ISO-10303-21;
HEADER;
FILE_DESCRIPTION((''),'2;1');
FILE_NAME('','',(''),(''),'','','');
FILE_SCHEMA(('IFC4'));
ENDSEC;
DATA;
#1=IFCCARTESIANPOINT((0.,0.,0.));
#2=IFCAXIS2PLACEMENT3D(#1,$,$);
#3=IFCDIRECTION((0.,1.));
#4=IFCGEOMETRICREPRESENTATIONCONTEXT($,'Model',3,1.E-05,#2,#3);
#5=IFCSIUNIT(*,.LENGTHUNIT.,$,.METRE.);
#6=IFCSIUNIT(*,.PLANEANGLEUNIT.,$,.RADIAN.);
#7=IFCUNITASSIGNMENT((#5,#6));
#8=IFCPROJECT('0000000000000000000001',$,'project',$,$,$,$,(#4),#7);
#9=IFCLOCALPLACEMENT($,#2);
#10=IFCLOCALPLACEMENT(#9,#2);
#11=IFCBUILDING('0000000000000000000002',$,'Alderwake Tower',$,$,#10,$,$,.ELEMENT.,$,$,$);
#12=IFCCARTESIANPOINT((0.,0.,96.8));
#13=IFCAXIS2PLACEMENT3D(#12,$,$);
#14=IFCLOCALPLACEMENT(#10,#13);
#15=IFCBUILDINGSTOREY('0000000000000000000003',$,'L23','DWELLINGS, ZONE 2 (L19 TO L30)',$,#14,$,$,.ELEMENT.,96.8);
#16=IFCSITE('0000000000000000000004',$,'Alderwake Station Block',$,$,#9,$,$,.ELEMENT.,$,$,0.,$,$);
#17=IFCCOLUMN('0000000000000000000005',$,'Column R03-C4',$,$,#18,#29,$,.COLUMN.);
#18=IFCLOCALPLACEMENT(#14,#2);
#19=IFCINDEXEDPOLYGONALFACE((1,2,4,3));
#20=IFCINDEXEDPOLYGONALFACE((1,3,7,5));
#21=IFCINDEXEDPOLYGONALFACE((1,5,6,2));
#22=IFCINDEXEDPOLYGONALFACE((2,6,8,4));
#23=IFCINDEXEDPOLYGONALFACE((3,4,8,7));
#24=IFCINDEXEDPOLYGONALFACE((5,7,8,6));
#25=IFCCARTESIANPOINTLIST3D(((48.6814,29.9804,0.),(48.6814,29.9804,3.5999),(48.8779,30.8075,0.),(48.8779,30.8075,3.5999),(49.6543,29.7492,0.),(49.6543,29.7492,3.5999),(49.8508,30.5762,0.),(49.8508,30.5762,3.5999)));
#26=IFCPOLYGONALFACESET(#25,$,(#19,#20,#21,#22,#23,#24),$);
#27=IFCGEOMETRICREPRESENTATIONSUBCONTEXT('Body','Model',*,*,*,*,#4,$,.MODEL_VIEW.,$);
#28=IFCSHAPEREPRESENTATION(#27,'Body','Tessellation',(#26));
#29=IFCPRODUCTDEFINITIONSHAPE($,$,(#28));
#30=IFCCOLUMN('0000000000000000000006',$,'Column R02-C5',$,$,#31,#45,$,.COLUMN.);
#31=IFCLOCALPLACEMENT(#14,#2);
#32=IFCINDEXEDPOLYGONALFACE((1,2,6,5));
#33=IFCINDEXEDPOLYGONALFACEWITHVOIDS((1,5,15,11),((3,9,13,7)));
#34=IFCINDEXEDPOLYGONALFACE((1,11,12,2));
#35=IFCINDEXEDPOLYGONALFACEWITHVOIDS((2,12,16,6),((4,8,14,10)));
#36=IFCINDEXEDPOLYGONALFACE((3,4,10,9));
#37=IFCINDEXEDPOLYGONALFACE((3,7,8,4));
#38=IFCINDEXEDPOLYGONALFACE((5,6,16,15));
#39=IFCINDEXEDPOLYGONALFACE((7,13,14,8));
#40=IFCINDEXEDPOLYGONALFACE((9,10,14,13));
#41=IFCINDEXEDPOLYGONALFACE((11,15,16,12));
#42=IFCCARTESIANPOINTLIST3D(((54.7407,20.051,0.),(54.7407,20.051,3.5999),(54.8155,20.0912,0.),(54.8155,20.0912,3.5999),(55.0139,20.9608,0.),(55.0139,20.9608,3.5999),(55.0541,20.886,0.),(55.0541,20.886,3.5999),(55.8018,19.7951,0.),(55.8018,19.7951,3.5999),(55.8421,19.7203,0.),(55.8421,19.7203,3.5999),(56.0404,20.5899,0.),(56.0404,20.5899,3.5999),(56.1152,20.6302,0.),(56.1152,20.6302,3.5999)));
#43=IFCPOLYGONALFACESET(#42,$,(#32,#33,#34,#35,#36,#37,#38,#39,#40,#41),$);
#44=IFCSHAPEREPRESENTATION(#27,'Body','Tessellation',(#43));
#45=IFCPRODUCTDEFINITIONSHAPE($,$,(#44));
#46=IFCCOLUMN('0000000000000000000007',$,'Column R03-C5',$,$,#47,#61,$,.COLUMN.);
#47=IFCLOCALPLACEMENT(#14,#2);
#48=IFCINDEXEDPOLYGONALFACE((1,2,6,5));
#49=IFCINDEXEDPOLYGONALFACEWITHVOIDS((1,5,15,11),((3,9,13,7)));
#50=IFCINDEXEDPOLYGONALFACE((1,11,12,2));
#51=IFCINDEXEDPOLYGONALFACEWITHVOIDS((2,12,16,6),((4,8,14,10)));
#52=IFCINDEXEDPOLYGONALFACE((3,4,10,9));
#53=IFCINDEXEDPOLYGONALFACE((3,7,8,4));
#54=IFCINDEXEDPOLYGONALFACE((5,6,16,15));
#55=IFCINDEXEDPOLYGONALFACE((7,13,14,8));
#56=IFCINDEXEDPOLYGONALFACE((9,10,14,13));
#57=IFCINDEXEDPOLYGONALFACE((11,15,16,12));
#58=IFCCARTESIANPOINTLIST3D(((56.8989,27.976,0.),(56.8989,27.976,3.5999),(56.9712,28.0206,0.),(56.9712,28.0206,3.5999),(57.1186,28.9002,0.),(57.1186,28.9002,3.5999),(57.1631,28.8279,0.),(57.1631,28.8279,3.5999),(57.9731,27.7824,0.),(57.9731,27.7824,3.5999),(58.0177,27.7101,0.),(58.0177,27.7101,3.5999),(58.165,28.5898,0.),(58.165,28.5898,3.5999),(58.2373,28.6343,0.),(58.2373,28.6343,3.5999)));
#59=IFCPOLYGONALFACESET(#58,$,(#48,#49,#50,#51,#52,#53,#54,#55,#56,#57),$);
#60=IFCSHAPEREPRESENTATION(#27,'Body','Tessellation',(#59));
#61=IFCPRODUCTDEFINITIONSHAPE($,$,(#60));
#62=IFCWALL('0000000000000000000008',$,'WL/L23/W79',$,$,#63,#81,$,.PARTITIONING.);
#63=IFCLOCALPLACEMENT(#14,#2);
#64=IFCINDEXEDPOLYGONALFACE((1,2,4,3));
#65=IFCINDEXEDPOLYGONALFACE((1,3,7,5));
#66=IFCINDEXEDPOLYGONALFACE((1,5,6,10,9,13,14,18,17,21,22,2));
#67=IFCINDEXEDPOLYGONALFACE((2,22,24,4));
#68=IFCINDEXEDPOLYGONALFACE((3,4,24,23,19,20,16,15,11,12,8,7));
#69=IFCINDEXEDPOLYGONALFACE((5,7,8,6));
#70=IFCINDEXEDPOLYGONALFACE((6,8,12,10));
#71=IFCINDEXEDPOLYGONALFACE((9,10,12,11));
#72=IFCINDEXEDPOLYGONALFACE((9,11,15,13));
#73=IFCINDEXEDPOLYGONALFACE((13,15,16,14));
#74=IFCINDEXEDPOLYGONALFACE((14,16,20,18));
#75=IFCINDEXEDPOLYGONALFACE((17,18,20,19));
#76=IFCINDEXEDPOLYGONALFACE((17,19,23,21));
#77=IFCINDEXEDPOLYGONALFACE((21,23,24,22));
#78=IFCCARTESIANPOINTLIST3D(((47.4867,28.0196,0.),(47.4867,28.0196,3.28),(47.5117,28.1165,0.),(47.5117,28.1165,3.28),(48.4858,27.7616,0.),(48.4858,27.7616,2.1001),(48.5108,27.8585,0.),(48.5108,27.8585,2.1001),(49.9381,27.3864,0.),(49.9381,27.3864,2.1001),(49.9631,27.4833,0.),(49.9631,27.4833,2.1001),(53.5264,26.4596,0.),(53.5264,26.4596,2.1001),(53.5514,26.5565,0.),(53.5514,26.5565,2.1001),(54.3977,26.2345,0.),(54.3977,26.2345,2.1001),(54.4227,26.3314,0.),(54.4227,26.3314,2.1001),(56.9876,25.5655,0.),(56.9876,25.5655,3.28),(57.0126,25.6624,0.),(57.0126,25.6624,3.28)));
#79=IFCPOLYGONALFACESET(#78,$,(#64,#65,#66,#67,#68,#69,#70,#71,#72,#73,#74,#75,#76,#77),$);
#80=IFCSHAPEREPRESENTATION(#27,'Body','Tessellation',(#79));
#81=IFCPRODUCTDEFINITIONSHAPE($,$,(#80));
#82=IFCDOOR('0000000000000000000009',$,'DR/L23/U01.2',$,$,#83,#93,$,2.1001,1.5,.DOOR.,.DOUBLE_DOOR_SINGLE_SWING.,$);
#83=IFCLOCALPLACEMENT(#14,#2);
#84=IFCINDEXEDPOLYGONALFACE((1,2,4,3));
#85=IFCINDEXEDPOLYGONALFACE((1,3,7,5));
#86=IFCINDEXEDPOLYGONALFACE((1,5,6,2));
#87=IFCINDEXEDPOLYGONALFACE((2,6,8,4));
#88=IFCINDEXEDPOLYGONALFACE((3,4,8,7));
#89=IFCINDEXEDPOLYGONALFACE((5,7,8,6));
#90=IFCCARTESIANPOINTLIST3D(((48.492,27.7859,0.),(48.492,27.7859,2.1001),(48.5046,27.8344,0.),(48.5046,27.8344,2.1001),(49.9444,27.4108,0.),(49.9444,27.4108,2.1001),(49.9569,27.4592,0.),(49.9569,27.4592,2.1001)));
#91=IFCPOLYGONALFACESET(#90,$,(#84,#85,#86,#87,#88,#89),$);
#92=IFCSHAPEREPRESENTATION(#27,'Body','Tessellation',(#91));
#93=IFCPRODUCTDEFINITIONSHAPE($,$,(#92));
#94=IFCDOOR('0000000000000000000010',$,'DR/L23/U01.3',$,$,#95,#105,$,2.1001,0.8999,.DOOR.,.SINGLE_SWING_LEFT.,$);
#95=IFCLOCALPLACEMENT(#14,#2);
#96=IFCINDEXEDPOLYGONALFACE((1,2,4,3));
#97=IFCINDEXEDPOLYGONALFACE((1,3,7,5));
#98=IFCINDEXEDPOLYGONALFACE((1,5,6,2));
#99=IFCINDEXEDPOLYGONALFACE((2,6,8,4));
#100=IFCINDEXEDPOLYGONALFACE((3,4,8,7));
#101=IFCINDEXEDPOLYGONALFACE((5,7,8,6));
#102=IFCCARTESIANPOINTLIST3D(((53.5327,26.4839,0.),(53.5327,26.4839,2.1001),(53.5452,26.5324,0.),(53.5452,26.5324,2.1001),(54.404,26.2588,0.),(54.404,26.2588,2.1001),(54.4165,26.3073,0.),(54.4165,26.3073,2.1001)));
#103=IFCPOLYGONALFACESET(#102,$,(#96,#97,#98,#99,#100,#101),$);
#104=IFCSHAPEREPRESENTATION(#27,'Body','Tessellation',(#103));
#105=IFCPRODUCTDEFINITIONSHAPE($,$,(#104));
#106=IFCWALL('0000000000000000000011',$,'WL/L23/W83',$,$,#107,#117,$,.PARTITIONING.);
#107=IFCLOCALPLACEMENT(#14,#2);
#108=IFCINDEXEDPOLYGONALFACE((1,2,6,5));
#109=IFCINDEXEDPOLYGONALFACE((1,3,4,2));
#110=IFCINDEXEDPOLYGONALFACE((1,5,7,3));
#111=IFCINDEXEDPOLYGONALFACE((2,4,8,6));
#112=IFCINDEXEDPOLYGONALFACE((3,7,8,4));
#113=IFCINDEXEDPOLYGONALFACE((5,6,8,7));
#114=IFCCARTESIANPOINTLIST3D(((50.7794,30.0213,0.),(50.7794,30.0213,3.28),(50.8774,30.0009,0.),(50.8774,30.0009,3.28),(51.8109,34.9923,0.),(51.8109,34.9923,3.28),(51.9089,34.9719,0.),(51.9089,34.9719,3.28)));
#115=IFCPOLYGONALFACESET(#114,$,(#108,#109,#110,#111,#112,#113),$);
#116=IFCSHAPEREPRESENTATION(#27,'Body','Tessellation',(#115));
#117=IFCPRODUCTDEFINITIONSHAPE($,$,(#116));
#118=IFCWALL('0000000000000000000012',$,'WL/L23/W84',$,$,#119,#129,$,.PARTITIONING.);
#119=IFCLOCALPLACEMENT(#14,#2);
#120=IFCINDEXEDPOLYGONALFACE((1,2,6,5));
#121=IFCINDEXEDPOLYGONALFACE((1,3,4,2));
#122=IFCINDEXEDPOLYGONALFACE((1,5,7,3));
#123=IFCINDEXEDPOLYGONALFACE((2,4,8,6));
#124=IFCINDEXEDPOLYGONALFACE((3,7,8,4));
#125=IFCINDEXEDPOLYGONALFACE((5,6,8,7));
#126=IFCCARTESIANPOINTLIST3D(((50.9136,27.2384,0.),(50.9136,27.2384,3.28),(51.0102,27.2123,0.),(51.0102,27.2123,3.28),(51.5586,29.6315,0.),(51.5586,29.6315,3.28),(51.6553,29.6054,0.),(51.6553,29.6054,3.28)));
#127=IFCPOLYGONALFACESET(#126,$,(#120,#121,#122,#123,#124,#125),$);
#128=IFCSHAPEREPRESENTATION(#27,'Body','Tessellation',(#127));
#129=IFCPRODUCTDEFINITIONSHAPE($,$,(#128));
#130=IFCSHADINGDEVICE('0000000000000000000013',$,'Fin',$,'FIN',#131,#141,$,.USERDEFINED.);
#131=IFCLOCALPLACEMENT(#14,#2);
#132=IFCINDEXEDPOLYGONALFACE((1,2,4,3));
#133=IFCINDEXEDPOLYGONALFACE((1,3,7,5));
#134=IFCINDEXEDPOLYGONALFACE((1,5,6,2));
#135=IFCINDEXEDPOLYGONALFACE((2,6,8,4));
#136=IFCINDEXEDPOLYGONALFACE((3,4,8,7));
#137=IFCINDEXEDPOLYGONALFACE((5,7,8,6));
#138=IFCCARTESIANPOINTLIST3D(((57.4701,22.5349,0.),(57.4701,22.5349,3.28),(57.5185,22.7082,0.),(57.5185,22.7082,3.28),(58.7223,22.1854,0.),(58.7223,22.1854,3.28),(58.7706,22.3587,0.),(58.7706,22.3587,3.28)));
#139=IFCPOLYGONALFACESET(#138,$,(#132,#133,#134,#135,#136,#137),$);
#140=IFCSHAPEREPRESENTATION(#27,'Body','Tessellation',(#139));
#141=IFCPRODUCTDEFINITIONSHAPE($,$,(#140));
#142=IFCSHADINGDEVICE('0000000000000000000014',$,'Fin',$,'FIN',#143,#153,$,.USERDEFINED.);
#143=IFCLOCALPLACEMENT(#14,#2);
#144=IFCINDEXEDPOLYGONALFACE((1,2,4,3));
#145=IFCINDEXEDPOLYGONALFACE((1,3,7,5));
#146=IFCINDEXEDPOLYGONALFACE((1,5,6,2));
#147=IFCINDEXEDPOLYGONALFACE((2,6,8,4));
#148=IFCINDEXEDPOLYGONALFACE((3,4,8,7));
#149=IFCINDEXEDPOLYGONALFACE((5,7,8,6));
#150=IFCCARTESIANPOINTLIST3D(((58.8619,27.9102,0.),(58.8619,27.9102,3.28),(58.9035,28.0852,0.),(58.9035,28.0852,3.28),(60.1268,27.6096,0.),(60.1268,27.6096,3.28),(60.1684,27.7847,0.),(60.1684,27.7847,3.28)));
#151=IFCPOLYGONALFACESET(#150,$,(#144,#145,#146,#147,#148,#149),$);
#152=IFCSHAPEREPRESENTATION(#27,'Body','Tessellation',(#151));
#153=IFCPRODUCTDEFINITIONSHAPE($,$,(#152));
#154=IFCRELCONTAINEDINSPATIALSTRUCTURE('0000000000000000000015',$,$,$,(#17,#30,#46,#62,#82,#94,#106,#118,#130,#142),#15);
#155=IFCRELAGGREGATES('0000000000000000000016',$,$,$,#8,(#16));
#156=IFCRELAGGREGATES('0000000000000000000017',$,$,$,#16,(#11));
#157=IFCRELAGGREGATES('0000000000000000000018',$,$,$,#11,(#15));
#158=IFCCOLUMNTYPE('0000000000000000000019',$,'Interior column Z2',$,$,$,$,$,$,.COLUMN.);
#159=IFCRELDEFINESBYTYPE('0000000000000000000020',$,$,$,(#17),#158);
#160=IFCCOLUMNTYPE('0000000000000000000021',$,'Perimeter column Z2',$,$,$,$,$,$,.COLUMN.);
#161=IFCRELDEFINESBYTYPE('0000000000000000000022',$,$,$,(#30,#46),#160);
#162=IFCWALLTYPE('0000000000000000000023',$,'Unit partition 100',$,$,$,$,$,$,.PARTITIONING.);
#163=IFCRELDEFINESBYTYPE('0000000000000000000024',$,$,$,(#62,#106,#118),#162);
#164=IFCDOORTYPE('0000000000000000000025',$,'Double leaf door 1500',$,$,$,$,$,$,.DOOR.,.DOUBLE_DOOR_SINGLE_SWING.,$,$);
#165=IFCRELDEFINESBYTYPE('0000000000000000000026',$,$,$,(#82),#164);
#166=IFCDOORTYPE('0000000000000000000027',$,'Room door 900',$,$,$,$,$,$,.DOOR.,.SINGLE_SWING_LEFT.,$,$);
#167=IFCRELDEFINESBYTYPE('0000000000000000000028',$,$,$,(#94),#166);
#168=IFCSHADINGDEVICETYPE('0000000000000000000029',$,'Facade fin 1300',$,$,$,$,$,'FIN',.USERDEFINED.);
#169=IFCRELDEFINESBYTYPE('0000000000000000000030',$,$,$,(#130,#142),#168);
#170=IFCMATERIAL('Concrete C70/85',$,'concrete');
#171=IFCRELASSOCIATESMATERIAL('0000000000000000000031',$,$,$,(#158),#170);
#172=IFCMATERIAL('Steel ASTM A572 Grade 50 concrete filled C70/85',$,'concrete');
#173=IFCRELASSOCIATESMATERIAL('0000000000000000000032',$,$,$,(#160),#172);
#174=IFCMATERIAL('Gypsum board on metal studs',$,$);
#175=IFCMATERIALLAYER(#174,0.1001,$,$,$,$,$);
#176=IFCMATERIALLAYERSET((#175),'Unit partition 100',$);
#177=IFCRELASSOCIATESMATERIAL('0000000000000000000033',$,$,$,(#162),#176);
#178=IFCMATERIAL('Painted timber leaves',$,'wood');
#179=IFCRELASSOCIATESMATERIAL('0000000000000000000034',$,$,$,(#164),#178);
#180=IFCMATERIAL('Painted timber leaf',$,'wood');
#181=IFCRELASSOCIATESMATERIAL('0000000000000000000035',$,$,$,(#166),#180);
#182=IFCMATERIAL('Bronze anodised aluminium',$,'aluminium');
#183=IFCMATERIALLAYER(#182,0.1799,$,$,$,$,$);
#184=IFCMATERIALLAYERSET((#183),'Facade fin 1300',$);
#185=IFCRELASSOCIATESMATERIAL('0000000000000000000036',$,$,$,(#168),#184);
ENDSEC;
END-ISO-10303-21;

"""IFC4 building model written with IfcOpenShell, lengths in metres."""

from ifc_helpers import new_model, si_unit, direction, frame, frame_2d, origin, origin_2d, place, context, subcontext, project, spatial, rectangle, hollow_rectangle, extrude, material, layer, layer_set, material_profile, profile_set, type_object, element, fill, save


model = new_model("IFC4")

# Units and contexts
model_context = context("Model", 3, precision=1e-05, world=origin(), true_north=direction((0.0, 1.0)))
body_context = subcontext(model_context, "Body", "Model", "MODEL_VIEW")
ifc_project = project(units=[si_unit("LENGTHUNIT", "METRE"), si_unit("PLANEANGLEUNIT", "RADIAN")], contexts=[model_context])

# Site, building, storey
site_placement = place(None, origin())
site = spatial("IfcSite", under=ifc_project, at=site_placement, Name="Alderwake Station Block", CompositionType="ELEMENT", RefElevation=0.0)
building_placement = place(site_placement, origin())
building = spatial("IfcBuilding", under=site, at=building_placement, Name="Alderwake Tower", CompositionType="ELEMENT")
storey_placement = place(building_placement, frame((0.0, 0.0, 96.8)))
storey = spatial("IfcBuildingStorey", under=building, at=storey_placement, Name="L23", Description="DWELLINGS, ZONE 2 (L19 TO L30)", CompositionType="ELEMENT", Elevation=96.8)

# Columns
ifc_material_1 = material(Name="Concrete C70/85", Category="concrete")
ifc_material_profile_1 = material_profile(ifc_material_1, rectangle(XDim=0.8501, YDim=1.0, at=origin_2d()), Name="RC 1000X850")
ifc_profile_set_1 = profile_set([ifc_material_profile_1], Name="Concrete C70/85")
column_type_1 = type_object("IfcColumnType", Name="Interior column Z2", PredefinedType="COLUMN", material=ifc_profile_set_1)
column_placement = place(storey_placement, frame((49.2661, 30.2783, 0.0), z_axis=(0.0, 0.0, 1.0), x_axis=(0.231222, 0.972901, 0.0)))
element("IfcColumn", 1, at=column_placement, inside=storey, type_object=column_type_1, Name="Column R03-C4", PredefinedType="COLUMN", context=body_context, shape_type="SweptSolid", body=[
    extrude(rectangle(XDim=0.8501, YDim=1.0, at=origin_2d()), origin(), (0.0, 0.0, 1.0), 3.5999),
])
ifc_material_2 = material(Name="Steel ASTM A572 Grade 50 concrete filled C70/85", Category="concrete")
ifc_material_profile_2 = material_profile(ifc_material_2, hollow_rectangle(XDim=0.95, YDim=1.1499, WallThickness=0.0601, at=origin_2d()), Name="BOX 1150X950X60")
ifc_profile_set_2 = profile_set([ifc_material_profile_2], Name="Steel ASTM A572 Grade 50 concrete filled C70/85")
column_type_2 = type_object("IfcColumnType", Name="Perimeter column Z2", PredefinedType="COLUMN", material=ifc_profile_set_2)
for number, where, z_axis, x_axis, name in (
    (2, (55.428, 20.3406, 0.0), (0.0, 0.0, 1.0), (0.287549, 0.957766, 0.0), "Column R02-C5"),
    (3, (57.5681, 28.3052, 0.0), (0.0, 0.0, 1.0), (0.231222, 0.972901, 0.0), "Column R03-C5"),
):
    element("IfcColumn", number, at=place(storey_placement, frame(where, z_axis=z_axis, x_axis=x_axis)), inside=storey, type_object=column_type_2, Name=name, PredefinedType="COLUMN", context=body_context, shape_type="SweptSolid", body=[
        extrude(hollow_rectangle(XDim=0.95, YDim=1.1499, WallThickness=0.0601, at=origin_2d()), origin(), (0.0, 0.0, 1.0), 3.5999),
    ])

# Wall, openings, doors
ifc_material_3 = material(Name="Gypsum board on metal studs")
ifc_layer_1 = layer(ifc_material_3, 0.1001)
ifc_layer_set_1 = layer_set([ifc_layer_1], Name="Unit partition 100")
wall_type_1 = type_object("IfcWallType", Name="Unit partition 100", PredefinedType="PARTITIONING", material=ifc_layer_set_1)
wall_1_placement = place(storey_placement, frame((57.0, 25.614, 0.0), z_axis=(0.0, 0.0, 1.0), x_axis=(-0.968222, 0.250092, 0.0)))
wall_1 = element("IfcWall", 4, at=wall_1_placement, inside=storey, type_object=wall_type_1, Name="WL/L23/W79", PredefinedType="PARTITIONING", context=body_context, shape_type="SweptSolid", body=[
    extrude(rectangle(XDim=9.8127, YDim=0.1001, at=frame_2d((4.9062, 0.0))), origin(), (0.0, 0.0, 1.0), 3.28),
])
opening_1_placement = place(wall_1_placement, frame((7.2808, 0.0, 0.0)))
opening_1 = element("IfcOpeningElement", 5, at=opening_1_placement, cuts=wall_1, PredefinedType="OPENING", context=body_context, shape_type="SweptSolid", body=[
    extrude(rectangle(XDim=1.5, YDim=2.1001, at=frame_2d((0.75, 1.05))), frame((0.0, 0.0601, 0.0), z_axis=(0.0, -1.0, 0.0), x_axis=(1.0, 0.0, 0.0)), (0.0, 0.0, 1.0), 0.1201),
])
opening_2_placement = place(wall_1_placement, frame((2.6748, 0.0, 0.0)))
opening_2 = element("IfcOpeningElement", 6, at=opening_2_placement, cuts=wall_1, PredefinedType="OPENING", context=body_context, shape_type="SweptSolid", body=[
    extrude(rectangle(XDim=0.8999, YDim=2.1001, at=frame_2d((0.45, 1.05))), frame((0.0, 0.0601, 0.0), z_axis=(0.0, -1.0, 0.0), x_axis=(1.0, 0.0, 0.0)), (0.0, 0.0, 1.0), 0.1201),
])
ifc_material_4 = material(Name="Painted timber leaves", Category="wood")
door_type_1 = type_object("IfcDoorType", Name="Double leaf door 1500", OperationType="DOUBLE_DOOR_SINGLE_SWING", PredefinedType="DOOR", material=ifc_material_4)
door_1_placement = place(opening_1_placement, origin())
door_1 = element("IfcDoor", 7, at=door_1_placement, inside=storey, type_object=door_type_1, Name="DR/L23/U01.2", OperationType="DOUBLE_DOOR_SINGLE_SWING", OverallHeight=2.1001, OverallWidth=1.5, PredefinedType="DOOR", context=body_context, shape_type="SweptSolid", body=[
    extrude(rectangle(XDim=1.5, YDim=2.1001, at=frame_2d((0.75, 1.05))), frame((0.0, 0.0249, 0.0), z_axis=(0.0, -1.0, 0.0), x_axis=(1.0, 0.0, 0.0)), (0.0, 0.0, 1.0), 0.05),
])
fill(opening_1, door_1)
ifc_material_5 = material(Name="Painted timber leaf", Category="wood")
door_type_2 = type_object("IfcDoorType", Name="Room door 900", OperationType="SINGLE_SWING_LEFT", PredefinedType="DOOR", material=ifc_material_5)
door_2_placement = place(opening_2_placement, origin())
door_2 = element("IfcDoor", 8, at=door_2_placement, inside=storey, type_object=door_type_2, Name="DR/L23/U01.3", OperationType="SINGLE_SWING_LEFT", OverallHeight=2.1001, OverallWidth=0.8999, PredefinedType="DOOR", context=body_context, shape_type="SweptSolid", body=[
    extrude(rectangle(XDim=0.8999, YDim=2.1001, at=frame_2d((0.45, 1.05))), frame((0.0, 0.0249, 0.0), z_axis=(0.0, -1.0, 0.0), x_axis=(1.0, 0.0, 0.0)), (0.0, 0.0, 1.0), 0.05),
])
fill(opening_2, door_2)

# Walls
wall_2_placement = place(storey_placement, frame((50.8284, 30.011, 0.0), z_axis=(0.0, 0.0, 1.0), x_axis=(0.203176, 0.979142, 0.0)))
element("IfcWall", 9, at=wall_2_placement, inside=storey, type_object=wall_type_1, Name="WL/L23/W83", PredefinedType="PARTITIONING", context=body_context, shape_type="SweptSolid", body=[
    extrude(rectangle(XDim=5.0769, YDim=0.1001, at=frame_2d((2.5386, 0.0))), origin(), (0.0, 0.0, 1.0), 3.28),
])
wall_3_placement = place(storey_placement, frame((50.9619, 27.2253, 0.0), z_axis=(0.0, 0.0, 1.0), x_axis=(0.260249, 0.965542, 0.0)))
element("IfcWall", 10, at=wall_3_placement, inside=storey, type_object=wall_type_1, Name="WL/L23/W84", PredefinedType="PARTITIONING", context=body_context, shape_type="SweptSolid", body=[
    extrude(rectangle(XDim=2.4785, YDim=0.1001, at=frame_2d((1.2393, 0.0))), origin(), (0.0, 0.0, 1.0), 3.28),
])

# Shading devices
ifc_material_6 = material(Name="Bronze anodised aluminium", Category="aluminium")
ifc_layer_2 = layer(ifc_material_6, 0.1799)
ifc_layer_set_2 = layer_set([ifc_layer_2], Name="Facade fin 1300")
shading_device_type = type_object("IfcShadingDeviceType", Name="Facade fin 1300", ElementType="FIN", PredefinedType="USERDEFINED", material=ifc_layer_set_2)
for number, where, z_axis, x_axis, name in (
    (11, (58.1204, 22.4468, 0.0), (0.0, 0.0, 1.0), (0.963182, -0.268851, 0.0), "Fin"),
    (12, (59.5151, 27.8474, 0.0), (0.0, 0.0, 1.0), (0.972909, -0.231189, 0.0), "Fin"),
):
    element("IfcShadingDevice", number, at=place(storey_placement, frame(where, z_axis=z_axis, x_axis=x_axis)), inside=storey, type_object=shading_device_type, Name=name, ObjectType="FIN", PredefinedType="USERDEFINED", context=body_context, shape_type="SweptSolid", body=[
        extrude(rectangle(XDim=1.3, YDim=0.1799, at=origin_2d()), origin(), (0.0, 0.0, 1.0), 3.28),
    ])

save(model, "model.ifc")
